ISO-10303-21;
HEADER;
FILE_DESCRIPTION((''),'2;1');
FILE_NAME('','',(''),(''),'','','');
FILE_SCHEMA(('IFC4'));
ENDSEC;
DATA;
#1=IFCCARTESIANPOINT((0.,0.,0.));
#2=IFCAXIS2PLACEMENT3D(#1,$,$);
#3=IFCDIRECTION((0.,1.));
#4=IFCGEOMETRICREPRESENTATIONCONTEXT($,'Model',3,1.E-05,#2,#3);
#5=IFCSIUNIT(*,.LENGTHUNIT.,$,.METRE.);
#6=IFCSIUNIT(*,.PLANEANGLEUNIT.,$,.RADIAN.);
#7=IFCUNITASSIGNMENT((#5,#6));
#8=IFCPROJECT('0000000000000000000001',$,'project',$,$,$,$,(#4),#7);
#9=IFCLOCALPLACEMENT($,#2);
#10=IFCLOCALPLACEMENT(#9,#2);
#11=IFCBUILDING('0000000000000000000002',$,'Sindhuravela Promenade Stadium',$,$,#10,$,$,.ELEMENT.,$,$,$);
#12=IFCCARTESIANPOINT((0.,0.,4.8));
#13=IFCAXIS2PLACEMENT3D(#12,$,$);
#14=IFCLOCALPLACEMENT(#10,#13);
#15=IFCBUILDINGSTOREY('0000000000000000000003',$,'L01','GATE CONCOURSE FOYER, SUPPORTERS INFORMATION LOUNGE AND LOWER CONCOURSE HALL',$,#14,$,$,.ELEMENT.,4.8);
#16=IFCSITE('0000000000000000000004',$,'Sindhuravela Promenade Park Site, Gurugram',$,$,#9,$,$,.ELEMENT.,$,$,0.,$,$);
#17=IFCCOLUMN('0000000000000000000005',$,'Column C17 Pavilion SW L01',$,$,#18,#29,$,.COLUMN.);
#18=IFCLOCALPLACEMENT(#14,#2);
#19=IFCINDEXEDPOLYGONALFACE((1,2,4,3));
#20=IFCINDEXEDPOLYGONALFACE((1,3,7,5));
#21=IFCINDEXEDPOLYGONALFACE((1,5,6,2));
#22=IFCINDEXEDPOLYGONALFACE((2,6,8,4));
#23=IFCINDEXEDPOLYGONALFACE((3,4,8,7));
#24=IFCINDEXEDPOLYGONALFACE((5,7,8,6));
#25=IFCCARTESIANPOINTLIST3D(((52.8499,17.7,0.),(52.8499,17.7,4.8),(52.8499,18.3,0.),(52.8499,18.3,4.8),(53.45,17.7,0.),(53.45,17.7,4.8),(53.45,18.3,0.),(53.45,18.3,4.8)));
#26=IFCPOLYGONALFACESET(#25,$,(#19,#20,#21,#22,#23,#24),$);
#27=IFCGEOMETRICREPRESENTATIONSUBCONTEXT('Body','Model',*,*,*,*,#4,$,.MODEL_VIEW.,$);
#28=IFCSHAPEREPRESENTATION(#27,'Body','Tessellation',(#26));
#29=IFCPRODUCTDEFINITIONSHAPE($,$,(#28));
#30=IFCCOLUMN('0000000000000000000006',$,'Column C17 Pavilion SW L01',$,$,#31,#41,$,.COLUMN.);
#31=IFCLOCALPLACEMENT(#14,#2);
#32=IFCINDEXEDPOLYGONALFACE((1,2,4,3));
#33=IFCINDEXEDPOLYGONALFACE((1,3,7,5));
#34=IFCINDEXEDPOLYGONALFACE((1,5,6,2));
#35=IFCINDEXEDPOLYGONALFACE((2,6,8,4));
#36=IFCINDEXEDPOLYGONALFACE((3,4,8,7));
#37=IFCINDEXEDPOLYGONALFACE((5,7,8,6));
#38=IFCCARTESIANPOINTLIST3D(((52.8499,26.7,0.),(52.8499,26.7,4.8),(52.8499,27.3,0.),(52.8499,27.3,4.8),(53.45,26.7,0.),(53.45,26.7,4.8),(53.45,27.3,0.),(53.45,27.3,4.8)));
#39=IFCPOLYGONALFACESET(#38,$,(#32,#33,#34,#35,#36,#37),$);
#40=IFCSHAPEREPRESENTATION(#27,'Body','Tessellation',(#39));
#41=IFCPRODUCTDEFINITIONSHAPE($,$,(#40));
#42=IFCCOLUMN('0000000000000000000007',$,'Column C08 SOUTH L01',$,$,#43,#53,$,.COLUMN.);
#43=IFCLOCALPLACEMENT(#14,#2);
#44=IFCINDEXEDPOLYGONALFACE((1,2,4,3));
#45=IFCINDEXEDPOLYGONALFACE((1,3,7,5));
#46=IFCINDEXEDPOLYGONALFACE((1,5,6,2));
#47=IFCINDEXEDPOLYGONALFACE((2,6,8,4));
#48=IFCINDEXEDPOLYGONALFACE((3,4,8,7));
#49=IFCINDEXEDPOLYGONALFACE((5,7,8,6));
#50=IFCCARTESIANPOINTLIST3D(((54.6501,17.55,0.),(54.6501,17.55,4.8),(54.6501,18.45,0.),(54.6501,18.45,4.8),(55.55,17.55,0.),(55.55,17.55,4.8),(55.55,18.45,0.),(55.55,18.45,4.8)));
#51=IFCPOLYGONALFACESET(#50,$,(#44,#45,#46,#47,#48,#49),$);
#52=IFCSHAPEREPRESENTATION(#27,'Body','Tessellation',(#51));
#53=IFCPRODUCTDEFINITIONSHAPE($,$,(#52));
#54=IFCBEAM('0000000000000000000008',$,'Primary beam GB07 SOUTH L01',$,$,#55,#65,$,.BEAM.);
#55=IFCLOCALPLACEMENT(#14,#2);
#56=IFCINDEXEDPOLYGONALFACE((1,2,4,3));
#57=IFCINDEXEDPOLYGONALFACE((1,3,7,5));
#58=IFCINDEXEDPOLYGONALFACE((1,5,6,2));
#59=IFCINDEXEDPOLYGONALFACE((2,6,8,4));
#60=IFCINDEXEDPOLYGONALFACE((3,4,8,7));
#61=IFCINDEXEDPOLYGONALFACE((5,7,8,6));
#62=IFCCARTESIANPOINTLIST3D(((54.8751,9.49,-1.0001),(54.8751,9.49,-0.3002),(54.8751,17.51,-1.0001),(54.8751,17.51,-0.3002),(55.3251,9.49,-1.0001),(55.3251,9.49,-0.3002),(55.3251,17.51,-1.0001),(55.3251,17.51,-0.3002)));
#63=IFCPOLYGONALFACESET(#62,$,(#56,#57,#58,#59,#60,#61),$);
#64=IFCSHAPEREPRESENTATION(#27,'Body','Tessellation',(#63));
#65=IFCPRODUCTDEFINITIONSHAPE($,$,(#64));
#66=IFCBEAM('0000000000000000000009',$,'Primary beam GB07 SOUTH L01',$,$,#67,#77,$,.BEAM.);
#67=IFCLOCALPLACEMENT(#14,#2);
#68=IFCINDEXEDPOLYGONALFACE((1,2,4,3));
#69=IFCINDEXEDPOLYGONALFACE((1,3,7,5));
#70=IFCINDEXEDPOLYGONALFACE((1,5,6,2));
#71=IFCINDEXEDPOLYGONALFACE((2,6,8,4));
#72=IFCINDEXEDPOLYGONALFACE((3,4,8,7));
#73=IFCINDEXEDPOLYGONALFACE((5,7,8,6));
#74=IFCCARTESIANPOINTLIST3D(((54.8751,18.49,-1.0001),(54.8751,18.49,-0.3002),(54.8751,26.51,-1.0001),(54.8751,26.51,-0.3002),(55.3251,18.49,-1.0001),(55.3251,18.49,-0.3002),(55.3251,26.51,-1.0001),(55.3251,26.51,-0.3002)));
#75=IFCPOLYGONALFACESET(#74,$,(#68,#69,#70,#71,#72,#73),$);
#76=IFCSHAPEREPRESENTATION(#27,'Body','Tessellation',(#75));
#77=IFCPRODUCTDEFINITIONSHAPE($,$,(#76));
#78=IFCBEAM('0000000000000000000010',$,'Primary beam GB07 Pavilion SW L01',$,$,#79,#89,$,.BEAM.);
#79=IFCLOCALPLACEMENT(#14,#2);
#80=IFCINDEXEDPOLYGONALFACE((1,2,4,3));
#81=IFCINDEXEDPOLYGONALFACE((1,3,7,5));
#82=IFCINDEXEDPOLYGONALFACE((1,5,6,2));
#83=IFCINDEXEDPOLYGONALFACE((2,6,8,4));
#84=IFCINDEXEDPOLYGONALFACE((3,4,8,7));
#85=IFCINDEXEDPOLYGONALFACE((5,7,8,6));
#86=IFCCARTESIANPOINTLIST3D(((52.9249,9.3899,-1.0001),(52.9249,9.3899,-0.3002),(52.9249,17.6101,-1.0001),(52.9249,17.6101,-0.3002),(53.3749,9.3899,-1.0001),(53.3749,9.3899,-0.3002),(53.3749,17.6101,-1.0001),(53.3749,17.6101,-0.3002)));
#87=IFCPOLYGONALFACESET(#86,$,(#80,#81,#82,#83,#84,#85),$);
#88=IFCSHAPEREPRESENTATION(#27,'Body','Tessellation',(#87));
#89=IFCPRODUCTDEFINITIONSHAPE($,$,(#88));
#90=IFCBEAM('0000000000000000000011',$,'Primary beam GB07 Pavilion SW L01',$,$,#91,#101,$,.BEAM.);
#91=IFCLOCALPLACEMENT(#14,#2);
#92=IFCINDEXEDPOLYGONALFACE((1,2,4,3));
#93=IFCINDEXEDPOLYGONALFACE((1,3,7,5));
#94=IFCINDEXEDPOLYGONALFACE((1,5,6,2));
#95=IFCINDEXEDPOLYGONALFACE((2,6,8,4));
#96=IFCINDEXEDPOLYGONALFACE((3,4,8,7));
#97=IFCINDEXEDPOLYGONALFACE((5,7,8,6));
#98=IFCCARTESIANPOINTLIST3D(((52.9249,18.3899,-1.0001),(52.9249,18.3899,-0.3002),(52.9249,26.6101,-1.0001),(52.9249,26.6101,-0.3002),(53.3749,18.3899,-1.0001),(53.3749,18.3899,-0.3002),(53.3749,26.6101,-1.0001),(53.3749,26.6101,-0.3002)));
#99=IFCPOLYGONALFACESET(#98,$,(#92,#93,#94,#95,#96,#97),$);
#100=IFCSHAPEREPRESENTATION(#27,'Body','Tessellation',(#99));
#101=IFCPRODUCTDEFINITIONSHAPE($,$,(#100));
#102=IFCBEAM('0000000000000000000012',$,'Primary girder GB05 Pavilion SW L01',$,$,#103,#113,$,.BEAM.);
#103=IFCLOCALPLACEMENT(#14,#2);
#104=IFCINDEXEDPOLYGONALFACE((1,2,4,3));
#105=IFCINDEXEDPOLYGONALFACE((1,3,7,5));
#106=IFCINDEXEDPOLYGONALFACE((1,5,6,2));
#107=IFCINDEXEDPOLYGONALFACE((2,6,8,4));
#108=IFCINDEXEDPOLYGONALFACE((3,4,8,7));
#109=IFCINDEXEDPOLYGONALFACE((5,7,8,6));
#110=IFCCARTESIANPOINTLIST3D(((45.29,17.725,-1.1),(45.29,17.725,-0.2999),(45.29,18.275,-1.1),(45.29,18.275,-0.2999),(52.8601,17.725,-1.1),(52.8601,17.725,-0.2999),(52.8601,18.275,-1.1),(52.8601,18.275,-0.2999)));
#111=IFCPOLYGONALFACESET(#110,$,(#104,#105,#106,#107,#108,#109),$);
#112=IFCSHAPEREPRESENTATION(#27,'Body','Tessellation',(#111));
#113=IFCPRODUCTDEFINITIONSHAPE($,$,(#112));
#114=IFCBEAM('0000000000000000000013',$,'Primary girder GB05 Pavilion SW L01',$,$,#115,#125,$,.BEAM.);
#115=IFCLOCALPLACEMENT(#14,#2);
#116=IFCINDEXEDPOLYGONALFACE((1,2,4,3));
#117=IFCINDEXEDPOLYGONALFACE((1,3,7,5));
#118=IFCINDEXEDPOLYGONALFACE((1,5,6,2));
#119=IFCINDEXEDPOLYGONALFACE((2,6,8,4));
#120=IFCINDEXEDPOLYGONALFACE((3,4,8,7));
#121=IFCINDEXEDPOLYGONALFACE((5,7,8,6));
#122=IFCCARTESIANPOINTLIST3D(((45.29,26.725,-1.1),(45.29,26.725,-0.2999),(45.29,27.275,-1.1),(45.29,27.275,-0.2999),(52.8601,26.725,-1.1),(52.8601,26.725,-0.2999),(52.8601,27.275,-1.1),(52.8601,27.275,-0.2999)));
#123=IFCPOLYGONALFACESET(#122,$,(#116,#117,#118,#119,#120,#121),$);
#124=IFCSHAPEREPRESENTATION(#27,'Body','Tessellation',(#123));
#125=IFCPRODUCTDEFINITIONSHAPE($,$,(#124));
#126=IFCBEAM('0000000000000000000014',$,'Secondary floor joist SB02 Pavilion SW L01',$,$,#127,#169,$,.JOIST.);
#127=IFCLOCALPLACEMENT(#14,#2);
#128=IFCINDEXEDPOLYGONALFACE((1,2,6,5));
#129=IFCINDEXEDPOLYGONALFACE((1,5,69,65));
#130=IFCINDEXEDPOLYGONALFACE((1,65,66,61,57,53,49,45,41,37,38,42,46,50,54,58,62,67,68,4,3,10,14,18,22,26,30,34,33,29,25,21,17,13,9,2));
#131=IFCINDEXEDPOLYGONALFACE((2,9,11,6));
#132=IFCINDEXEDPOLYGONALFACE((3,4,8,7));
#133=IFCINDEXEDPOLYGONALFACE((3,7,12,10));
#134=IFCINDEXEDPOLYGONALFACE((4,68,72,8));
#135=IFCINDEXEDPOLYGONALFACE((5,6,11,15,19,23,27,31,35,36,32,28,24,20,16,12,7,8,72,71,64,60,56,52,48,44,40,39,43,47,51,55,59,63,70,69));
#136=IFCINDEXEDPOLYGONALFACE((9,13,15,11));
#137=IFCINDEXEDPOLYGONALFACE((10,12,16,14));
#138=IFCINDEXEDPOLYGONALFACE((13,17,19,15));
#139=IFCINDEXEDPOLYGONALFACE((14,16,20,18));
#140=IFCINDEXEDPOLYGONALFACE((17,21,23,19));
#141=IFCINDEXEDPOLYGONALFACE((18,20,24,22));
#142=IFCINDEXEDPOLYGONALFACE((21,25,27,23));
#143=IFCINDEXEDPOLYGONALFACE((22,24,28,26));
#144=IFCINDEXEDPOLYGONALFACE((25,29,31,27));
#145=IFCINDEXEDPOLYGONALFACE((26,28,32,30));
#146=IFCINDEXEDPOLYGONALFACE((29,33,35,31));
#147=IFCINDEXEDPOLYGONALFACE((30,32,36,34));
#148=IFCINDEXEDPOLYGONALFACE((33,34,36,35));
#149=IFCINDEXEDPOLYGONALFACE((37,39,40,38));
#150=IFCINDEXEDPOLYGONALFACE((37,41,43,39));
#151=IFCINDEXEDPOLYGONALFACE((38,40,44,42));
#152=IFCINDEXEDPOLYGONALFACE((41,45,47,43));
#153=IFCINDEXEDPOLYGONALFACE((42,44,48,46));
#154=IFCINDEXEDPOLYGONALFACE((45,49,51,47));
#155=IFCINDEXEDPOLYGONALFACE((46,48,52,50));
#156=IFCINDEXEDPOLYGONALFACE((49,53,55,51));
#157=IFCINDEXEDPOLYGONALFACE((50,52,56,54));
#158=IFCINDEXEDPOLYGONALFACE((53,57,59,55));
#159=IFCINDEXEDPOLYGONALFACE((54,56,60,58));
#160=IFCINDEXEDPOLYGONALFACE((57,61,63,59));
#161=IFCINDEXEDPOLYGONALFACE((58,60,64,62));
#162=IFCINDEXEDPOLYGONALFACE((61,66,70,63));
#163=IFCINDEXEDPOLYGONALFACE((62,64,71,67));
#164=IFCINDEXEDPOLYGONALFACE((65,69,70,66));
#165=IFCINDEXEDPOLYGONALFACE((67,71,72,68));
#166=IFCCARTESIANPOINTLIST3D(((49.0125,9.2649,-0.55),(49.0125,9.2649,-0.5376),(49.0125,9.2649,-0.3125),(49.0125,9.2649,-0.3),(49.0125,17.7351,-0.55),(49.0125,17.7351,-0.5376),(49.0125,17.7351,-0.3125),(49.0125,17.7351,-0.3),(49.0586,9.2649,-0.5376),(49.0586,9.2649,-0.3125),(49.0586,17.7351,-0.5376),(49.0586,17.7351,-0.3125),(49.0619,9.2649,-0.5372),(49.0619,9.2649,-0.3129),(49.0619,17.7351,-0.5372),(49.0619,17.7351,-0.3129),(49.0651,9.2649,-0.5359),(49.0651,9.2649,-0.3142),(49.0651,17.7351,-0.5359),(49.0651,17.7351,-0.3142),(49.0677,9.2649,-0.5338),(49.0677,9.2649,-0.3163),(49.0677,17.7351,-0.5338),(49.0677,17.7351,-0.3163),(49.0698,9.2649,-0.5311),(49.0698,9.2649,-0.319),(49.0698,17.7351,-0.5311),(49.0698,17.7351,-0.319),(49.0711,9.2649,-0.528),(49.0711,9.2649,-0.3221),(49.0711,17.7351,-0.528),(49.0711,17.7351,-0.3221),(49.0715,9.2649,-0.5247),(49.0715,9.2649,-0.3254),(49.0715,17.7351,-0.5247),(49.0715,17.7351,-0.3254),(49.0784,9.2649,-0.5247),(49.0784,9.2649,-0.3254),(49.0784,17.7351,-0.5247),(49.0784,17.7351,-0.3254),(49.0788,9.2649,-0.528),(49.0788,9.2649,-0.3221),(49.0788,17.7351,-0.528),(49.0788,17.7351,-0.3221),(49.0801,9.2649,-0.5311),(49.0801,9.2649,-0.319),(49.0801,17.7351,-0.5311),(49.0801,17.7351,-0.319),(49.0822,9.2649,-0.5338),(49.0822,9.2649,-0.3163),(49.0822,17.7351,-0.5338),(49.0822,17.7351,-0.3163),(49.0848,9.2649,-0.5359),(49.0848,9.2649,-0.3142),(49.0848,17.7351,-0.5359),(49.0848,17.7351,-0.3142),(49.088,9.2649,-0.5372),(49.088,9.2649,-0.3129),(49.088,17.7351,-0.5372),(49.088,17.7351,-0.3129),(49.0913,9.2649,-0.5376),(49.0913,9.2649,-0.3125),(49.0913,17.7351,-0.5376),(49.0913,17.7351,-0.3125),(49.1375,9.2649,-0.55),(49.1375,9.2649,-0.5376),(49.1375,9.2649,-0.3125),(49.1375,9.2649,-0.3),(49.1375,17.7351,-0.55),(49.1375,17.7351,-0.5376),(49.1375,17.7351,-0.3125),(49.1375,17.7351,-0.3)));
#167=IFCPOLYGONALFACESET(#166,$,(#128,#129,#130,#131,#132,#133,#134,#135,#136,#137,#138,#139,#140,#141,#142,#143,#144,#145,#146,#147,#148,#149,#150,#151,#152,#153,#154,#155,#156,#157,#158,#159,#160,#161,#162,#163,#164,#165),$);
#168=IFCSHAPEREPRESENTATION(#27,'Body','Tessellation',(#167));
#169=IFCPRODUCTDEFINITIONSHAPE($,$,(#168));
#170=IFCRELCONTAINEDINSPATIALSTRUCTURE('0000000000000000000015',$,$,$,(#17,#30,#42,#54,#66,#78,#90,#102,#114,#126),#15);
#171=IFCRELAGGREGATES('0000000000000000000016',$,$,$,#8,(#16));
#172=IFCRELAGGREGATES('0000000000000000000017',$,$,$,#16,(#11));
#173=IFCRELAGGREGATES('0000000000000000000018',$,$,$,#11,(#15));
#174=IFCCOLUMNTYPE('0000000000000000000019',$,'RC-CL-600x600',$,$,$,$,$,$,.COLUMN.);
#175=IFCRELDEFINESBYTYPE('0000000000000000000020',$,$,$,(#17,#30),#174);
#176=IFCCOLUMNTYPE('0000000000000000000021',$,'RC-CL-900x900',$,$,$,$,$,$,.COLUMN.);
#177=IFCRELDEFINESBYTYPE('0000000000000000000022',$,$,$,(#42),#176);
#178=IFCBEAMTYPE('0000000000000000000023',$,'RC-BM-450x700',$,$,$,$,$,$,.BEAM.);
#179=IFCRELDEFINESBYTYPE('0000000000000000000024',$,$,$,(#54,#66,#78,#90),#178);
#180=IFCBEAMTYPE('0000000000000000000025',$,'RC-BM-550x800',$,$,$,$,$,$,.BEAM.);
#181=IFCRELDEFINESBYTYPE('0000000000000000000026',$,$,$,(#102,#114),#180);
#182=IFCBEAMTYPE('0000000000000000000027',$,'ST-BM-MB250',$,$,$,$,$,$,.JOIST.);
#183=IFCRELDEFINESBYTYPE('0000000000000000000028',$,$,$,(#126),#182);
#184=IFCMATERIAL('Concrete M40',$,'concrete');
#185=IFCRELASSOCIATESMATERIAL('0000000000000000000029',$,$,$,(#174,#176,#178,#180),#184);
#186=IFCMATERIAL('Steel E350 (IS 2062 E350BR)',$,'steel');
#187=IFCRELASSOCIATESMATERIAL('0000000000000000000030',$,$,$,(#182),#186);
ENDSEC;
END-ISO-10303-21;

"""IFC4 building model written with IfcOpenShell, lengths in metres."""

from ifc_helpers import new_model, si_unit, direction, frame, origin, origin_2d, place, context, subcontext, project, spatial, rectangle, i_section, extrude, material, material_profile, profile_set, type_object, element, save


model = new_model("IFC4")

# Units and contexts
model_context = context("Model", 3, precision=1e-05, world=origin(), true_north=direction((0.0, 1.0)))
body_context = subcontext(model_context, "Body", "Model", "MODEL_VIEW")
ifc_project = project(units=[si_unit("LENGTHUNIT", "METRE"), si_unit("PLANEANGLEUNIT", "RADIAN")], contexts=[model_context])

# Site, building, storey
site_placement = place(None, origin())
site = spatial("IfcSite", under=ifc_project, at=site_placement, Name="Sindhuravela Promenade Park Site, Gurugram", CompositionType="ELEMENT", RefElevation=0.0)
building_placement = place(site_placement, origin())
building = spatial("IfcBuilding", under=site, at=building_placement, Name="Sindhuravela Promenade Stadium", CompositionType="ELEMENT")
storey_placement = place(building_placement, frame((0.0, 0.0, 4.8)))
storey = spatial("IfcBuildingStorey", under=building, at=storey_placement, Name="L01", Description="GATE CONCOURSE FOYER, SUPPORTERS INFORMATION LOUNGE AND LOWER CONCOURSE HALL", CompositionType="ELEMENT", Elevation=4.8)

# Columns
ifc_material_1 = material(Name="Concrete M40", Category="concrete")
ifc_material_profile_1 = material_profile(ifc_material_1, rectangle(XDim=0.6001, YDim=0.6001, at=origin_2d()), Name="RC 600x600")
ifc_profile_set_1 = profile_set([ifc_material_profile_1], Name="Concrete M40")
column_type_1 = type_object("IfcColumnType", Name="RC-CL-600x600", PredefinedType="COLUMN", material=ifc_profile_set_1)
for number, where, z_axis, x_axis, name in (
    (1, (53.1499, 18.0, 0.0), (0.0, 0.0, 1.0), (1.0, 0.0, 0.0), "Column C17 Pavilion SW L01"),
    (2, (53.1499, 27.0, 0.0), (0.0, 0.0, 1.0), (1.0, 0.0, 0.0), "Column C17 Pavilion SW L01"),
):
    element("IfcColumn", number, at=place(storey_placement, frame(where, z_axis=z_axis, x_axis=x_axis)), inside=storey, type_object=column_type_1, Name=name, PredefinedType="COLUMN", context=body_context, shape_type="SweptSolid", body=[
        extrude(rectangle(XDim=0.6001, YDim=0.6001, at=origin_2d()), origin(), (0.0, 0.0, 1.0), 4.8),
    ])
ifc_material_profile_2 = material_profile(ifc_material_1, rectangle(XDim=0.8999, YDim=0.8999, at=origin_2d()), Name="RC 900x900")
ifc_profile_set_2 = profile_set([ifc_material_profile_2], Name="Concrete M40")
column_type_2 = type_object("IfcColumnType", Name="RC-CL-900x900", PredefinedType="COLUMN", material=ifc_profile_set_2)
column_placement = place(storey_placement, frame((55.1001, 18.0, 0.0), z_axis=(0.0, 0.0, 1.0), x_axis=(1.0, 0.0, 0.0)))
element("IfcColumn", 3, at=column_placement, inside=storey, type_object=column_type_2, Name="Column C08 SOUTH L01", PredefinedType="COLUMN", context=body_context, shape_type="SweptSolid", body=[
    extrude(rectangle(XDim=0.8999, YDim=0.8999, at=origin_2d()), origin(), (0.0, 0.0, 1.0), 4.8),
])

# Beams
ifc_material_profile_3 = material_profile(ifc_material_1, rectangle(XDim=0.45, YDim=0.7, at=origin_2d()), Name="RC 450x700")
ifc_profile_set_3 = profile_set([ifc_material_profile_3], Name="Concrete M40")
beam_type_1 = type_object("IfcBeamType", Name="RC-BM-450x700", PredefinedType="BEAM", material=ifc_profile_set_3)
for number, where, z_axis, x_axis, name in (
    (4, (55.1001, 9.49, -0.6501), (0.0, 1.0, 0.0), (-1.0, 0.0, 0.0), "Primary beam GB07 SOUTH L01"),
    (5, (55.1001, 18.49, -0.6501), (0.0, 1.0, 0.0), (-1.0, 0.0, 0.0), "Primary beam GB07 SOUTH L01"),
):
    element("IfcBeam", number, at=place(storey_placement, frame(where, z_axis=z_axis, x_axis=x_axis)), inside=storey, type_object=beam_type_1, Name=name, PredefinedType="BEAM", context=body_context, shape_type="SweptSolid", body=[
        extrude(rectangle(XDim=0.45, YDim=0.7, at=origin_2d()), origin(), (0.0, 0.0, 1.0), 8.02),
    ])
for number, where, z_axis, x_axis, name in (
    (6, (53.1499, 9.3899, -0.6501), (0.0, 1.0, 0.0), (-1.0, 0.0, 0.0), "Primary beam GB07 Pavilion SW L01"),
    (7, (53.1499, 18.3899, -0.6501), (0.0, 1.0, 0.0), (-1.0, 0.0, 0.0), "Primary beam GB07 Pavilion SW L01"),
):
    element("IfcBeam", number, at=place(storey_placement, frame(where, z_axis=z_axis, x_axis=x_axis)), inside=storey, type_object=beam_type_1, Name=name, PredefinedType="BEAM", context=body_context, shape_type="SweptSolid", body=[
        extrude(rectangle(XDim=0.45, YDim=0.7, at=origin_2d()), origin(), (0.0, 0.0, 1.0), 8.2202),
    ])
ifc_material_profile_4 = material_profile(ifc_material_1, rectangle(XDim=0.55, YDim=0.8, at=origin_2d()), Name="RC 550x800")
ifc_profile_set_4 = profile_set([ifc_material_profile_4], Name="Concrete M40")
beam_type_2 = type_object("IfcBeamType", Name="RC-BM-550x800", PredefinedType="BEAM", material=ifc_profile_set_4)
for number, where, z_axis, x_axis, name in (
    (8, (45.29, 18.0, -0.7), (1.0, 0.0, 0.0), (0.0, 1.0, 0.0), "Primary girder GB05 Pavilion SW L01"),
    (9, (45.29, 27.0, -0.7), (1.0, 0.0, 0.0), (0.0, 1.0, 0.0), "Primary girder GB05 Pavilion SW L01"),
):
    element("IfcBeam", number, at=place(storey_placement, frame(where, z_axis=z_axis, x_axis=x_axis)), inside=storey, type_object=beam_type_2, Name=name, PredefinedType="BEAM", context=body_context, shape_type="SweptSolid", body=[
        extrude(rectangle(XDim=0.55, YDim=0.8, at=origin_2d()), origin(), (0.0, 0.0, 1.0), 7.5701),
    ])
ifc_material_2 = material(Name="Steel E350 (IS 2062 E350BR)", Category="steel")
ifc_material_profile_5 = material_profile(ifc_material_2, i_section(OverallWidth=0.125, OverallDepth=0.25, WebThickness=0.0068, FlangeThickness=0.0125, FilletRadius=0.0129, at=origin_2d()), Name="ISMB 250")
ifc_profile_set_5 = profile_set([ifc_material_profile_5], Name="Steel E350 (IS 2062 E350BR)")
beam_type_3 = type_object("IfcBeamType", Name="ST-BM-MB250", PredefinedType="JOIST", material=ifc_profile_set_5)
beam_1_placement = place(storey_placement, frame((49.075, 9.2649, -0.425), z_axis=(0.0, 1.0, 0.0), x_axis=(-1.0, 0.0, 0.0)))
element("IfcBeam", 10, at=beam_1_placement, inside=storey, type_object=beam_type_3, Name="Secondary floor joist SB02 Pavilion SW L01", PredefinedType="JOIST", context=body_context, shape_type="SweptSolid", body=[
    extrude(i_section(OverallWidth=0.125, OverallDepth=0.25, WebThickness=0.0068, FlangeThickness=0.0125, FilletRadius=0.0129, at=origin_2d()), origin(), (0.0, 0.0, 1.0), 8.4702),
])

save(model, "model.ifc")
